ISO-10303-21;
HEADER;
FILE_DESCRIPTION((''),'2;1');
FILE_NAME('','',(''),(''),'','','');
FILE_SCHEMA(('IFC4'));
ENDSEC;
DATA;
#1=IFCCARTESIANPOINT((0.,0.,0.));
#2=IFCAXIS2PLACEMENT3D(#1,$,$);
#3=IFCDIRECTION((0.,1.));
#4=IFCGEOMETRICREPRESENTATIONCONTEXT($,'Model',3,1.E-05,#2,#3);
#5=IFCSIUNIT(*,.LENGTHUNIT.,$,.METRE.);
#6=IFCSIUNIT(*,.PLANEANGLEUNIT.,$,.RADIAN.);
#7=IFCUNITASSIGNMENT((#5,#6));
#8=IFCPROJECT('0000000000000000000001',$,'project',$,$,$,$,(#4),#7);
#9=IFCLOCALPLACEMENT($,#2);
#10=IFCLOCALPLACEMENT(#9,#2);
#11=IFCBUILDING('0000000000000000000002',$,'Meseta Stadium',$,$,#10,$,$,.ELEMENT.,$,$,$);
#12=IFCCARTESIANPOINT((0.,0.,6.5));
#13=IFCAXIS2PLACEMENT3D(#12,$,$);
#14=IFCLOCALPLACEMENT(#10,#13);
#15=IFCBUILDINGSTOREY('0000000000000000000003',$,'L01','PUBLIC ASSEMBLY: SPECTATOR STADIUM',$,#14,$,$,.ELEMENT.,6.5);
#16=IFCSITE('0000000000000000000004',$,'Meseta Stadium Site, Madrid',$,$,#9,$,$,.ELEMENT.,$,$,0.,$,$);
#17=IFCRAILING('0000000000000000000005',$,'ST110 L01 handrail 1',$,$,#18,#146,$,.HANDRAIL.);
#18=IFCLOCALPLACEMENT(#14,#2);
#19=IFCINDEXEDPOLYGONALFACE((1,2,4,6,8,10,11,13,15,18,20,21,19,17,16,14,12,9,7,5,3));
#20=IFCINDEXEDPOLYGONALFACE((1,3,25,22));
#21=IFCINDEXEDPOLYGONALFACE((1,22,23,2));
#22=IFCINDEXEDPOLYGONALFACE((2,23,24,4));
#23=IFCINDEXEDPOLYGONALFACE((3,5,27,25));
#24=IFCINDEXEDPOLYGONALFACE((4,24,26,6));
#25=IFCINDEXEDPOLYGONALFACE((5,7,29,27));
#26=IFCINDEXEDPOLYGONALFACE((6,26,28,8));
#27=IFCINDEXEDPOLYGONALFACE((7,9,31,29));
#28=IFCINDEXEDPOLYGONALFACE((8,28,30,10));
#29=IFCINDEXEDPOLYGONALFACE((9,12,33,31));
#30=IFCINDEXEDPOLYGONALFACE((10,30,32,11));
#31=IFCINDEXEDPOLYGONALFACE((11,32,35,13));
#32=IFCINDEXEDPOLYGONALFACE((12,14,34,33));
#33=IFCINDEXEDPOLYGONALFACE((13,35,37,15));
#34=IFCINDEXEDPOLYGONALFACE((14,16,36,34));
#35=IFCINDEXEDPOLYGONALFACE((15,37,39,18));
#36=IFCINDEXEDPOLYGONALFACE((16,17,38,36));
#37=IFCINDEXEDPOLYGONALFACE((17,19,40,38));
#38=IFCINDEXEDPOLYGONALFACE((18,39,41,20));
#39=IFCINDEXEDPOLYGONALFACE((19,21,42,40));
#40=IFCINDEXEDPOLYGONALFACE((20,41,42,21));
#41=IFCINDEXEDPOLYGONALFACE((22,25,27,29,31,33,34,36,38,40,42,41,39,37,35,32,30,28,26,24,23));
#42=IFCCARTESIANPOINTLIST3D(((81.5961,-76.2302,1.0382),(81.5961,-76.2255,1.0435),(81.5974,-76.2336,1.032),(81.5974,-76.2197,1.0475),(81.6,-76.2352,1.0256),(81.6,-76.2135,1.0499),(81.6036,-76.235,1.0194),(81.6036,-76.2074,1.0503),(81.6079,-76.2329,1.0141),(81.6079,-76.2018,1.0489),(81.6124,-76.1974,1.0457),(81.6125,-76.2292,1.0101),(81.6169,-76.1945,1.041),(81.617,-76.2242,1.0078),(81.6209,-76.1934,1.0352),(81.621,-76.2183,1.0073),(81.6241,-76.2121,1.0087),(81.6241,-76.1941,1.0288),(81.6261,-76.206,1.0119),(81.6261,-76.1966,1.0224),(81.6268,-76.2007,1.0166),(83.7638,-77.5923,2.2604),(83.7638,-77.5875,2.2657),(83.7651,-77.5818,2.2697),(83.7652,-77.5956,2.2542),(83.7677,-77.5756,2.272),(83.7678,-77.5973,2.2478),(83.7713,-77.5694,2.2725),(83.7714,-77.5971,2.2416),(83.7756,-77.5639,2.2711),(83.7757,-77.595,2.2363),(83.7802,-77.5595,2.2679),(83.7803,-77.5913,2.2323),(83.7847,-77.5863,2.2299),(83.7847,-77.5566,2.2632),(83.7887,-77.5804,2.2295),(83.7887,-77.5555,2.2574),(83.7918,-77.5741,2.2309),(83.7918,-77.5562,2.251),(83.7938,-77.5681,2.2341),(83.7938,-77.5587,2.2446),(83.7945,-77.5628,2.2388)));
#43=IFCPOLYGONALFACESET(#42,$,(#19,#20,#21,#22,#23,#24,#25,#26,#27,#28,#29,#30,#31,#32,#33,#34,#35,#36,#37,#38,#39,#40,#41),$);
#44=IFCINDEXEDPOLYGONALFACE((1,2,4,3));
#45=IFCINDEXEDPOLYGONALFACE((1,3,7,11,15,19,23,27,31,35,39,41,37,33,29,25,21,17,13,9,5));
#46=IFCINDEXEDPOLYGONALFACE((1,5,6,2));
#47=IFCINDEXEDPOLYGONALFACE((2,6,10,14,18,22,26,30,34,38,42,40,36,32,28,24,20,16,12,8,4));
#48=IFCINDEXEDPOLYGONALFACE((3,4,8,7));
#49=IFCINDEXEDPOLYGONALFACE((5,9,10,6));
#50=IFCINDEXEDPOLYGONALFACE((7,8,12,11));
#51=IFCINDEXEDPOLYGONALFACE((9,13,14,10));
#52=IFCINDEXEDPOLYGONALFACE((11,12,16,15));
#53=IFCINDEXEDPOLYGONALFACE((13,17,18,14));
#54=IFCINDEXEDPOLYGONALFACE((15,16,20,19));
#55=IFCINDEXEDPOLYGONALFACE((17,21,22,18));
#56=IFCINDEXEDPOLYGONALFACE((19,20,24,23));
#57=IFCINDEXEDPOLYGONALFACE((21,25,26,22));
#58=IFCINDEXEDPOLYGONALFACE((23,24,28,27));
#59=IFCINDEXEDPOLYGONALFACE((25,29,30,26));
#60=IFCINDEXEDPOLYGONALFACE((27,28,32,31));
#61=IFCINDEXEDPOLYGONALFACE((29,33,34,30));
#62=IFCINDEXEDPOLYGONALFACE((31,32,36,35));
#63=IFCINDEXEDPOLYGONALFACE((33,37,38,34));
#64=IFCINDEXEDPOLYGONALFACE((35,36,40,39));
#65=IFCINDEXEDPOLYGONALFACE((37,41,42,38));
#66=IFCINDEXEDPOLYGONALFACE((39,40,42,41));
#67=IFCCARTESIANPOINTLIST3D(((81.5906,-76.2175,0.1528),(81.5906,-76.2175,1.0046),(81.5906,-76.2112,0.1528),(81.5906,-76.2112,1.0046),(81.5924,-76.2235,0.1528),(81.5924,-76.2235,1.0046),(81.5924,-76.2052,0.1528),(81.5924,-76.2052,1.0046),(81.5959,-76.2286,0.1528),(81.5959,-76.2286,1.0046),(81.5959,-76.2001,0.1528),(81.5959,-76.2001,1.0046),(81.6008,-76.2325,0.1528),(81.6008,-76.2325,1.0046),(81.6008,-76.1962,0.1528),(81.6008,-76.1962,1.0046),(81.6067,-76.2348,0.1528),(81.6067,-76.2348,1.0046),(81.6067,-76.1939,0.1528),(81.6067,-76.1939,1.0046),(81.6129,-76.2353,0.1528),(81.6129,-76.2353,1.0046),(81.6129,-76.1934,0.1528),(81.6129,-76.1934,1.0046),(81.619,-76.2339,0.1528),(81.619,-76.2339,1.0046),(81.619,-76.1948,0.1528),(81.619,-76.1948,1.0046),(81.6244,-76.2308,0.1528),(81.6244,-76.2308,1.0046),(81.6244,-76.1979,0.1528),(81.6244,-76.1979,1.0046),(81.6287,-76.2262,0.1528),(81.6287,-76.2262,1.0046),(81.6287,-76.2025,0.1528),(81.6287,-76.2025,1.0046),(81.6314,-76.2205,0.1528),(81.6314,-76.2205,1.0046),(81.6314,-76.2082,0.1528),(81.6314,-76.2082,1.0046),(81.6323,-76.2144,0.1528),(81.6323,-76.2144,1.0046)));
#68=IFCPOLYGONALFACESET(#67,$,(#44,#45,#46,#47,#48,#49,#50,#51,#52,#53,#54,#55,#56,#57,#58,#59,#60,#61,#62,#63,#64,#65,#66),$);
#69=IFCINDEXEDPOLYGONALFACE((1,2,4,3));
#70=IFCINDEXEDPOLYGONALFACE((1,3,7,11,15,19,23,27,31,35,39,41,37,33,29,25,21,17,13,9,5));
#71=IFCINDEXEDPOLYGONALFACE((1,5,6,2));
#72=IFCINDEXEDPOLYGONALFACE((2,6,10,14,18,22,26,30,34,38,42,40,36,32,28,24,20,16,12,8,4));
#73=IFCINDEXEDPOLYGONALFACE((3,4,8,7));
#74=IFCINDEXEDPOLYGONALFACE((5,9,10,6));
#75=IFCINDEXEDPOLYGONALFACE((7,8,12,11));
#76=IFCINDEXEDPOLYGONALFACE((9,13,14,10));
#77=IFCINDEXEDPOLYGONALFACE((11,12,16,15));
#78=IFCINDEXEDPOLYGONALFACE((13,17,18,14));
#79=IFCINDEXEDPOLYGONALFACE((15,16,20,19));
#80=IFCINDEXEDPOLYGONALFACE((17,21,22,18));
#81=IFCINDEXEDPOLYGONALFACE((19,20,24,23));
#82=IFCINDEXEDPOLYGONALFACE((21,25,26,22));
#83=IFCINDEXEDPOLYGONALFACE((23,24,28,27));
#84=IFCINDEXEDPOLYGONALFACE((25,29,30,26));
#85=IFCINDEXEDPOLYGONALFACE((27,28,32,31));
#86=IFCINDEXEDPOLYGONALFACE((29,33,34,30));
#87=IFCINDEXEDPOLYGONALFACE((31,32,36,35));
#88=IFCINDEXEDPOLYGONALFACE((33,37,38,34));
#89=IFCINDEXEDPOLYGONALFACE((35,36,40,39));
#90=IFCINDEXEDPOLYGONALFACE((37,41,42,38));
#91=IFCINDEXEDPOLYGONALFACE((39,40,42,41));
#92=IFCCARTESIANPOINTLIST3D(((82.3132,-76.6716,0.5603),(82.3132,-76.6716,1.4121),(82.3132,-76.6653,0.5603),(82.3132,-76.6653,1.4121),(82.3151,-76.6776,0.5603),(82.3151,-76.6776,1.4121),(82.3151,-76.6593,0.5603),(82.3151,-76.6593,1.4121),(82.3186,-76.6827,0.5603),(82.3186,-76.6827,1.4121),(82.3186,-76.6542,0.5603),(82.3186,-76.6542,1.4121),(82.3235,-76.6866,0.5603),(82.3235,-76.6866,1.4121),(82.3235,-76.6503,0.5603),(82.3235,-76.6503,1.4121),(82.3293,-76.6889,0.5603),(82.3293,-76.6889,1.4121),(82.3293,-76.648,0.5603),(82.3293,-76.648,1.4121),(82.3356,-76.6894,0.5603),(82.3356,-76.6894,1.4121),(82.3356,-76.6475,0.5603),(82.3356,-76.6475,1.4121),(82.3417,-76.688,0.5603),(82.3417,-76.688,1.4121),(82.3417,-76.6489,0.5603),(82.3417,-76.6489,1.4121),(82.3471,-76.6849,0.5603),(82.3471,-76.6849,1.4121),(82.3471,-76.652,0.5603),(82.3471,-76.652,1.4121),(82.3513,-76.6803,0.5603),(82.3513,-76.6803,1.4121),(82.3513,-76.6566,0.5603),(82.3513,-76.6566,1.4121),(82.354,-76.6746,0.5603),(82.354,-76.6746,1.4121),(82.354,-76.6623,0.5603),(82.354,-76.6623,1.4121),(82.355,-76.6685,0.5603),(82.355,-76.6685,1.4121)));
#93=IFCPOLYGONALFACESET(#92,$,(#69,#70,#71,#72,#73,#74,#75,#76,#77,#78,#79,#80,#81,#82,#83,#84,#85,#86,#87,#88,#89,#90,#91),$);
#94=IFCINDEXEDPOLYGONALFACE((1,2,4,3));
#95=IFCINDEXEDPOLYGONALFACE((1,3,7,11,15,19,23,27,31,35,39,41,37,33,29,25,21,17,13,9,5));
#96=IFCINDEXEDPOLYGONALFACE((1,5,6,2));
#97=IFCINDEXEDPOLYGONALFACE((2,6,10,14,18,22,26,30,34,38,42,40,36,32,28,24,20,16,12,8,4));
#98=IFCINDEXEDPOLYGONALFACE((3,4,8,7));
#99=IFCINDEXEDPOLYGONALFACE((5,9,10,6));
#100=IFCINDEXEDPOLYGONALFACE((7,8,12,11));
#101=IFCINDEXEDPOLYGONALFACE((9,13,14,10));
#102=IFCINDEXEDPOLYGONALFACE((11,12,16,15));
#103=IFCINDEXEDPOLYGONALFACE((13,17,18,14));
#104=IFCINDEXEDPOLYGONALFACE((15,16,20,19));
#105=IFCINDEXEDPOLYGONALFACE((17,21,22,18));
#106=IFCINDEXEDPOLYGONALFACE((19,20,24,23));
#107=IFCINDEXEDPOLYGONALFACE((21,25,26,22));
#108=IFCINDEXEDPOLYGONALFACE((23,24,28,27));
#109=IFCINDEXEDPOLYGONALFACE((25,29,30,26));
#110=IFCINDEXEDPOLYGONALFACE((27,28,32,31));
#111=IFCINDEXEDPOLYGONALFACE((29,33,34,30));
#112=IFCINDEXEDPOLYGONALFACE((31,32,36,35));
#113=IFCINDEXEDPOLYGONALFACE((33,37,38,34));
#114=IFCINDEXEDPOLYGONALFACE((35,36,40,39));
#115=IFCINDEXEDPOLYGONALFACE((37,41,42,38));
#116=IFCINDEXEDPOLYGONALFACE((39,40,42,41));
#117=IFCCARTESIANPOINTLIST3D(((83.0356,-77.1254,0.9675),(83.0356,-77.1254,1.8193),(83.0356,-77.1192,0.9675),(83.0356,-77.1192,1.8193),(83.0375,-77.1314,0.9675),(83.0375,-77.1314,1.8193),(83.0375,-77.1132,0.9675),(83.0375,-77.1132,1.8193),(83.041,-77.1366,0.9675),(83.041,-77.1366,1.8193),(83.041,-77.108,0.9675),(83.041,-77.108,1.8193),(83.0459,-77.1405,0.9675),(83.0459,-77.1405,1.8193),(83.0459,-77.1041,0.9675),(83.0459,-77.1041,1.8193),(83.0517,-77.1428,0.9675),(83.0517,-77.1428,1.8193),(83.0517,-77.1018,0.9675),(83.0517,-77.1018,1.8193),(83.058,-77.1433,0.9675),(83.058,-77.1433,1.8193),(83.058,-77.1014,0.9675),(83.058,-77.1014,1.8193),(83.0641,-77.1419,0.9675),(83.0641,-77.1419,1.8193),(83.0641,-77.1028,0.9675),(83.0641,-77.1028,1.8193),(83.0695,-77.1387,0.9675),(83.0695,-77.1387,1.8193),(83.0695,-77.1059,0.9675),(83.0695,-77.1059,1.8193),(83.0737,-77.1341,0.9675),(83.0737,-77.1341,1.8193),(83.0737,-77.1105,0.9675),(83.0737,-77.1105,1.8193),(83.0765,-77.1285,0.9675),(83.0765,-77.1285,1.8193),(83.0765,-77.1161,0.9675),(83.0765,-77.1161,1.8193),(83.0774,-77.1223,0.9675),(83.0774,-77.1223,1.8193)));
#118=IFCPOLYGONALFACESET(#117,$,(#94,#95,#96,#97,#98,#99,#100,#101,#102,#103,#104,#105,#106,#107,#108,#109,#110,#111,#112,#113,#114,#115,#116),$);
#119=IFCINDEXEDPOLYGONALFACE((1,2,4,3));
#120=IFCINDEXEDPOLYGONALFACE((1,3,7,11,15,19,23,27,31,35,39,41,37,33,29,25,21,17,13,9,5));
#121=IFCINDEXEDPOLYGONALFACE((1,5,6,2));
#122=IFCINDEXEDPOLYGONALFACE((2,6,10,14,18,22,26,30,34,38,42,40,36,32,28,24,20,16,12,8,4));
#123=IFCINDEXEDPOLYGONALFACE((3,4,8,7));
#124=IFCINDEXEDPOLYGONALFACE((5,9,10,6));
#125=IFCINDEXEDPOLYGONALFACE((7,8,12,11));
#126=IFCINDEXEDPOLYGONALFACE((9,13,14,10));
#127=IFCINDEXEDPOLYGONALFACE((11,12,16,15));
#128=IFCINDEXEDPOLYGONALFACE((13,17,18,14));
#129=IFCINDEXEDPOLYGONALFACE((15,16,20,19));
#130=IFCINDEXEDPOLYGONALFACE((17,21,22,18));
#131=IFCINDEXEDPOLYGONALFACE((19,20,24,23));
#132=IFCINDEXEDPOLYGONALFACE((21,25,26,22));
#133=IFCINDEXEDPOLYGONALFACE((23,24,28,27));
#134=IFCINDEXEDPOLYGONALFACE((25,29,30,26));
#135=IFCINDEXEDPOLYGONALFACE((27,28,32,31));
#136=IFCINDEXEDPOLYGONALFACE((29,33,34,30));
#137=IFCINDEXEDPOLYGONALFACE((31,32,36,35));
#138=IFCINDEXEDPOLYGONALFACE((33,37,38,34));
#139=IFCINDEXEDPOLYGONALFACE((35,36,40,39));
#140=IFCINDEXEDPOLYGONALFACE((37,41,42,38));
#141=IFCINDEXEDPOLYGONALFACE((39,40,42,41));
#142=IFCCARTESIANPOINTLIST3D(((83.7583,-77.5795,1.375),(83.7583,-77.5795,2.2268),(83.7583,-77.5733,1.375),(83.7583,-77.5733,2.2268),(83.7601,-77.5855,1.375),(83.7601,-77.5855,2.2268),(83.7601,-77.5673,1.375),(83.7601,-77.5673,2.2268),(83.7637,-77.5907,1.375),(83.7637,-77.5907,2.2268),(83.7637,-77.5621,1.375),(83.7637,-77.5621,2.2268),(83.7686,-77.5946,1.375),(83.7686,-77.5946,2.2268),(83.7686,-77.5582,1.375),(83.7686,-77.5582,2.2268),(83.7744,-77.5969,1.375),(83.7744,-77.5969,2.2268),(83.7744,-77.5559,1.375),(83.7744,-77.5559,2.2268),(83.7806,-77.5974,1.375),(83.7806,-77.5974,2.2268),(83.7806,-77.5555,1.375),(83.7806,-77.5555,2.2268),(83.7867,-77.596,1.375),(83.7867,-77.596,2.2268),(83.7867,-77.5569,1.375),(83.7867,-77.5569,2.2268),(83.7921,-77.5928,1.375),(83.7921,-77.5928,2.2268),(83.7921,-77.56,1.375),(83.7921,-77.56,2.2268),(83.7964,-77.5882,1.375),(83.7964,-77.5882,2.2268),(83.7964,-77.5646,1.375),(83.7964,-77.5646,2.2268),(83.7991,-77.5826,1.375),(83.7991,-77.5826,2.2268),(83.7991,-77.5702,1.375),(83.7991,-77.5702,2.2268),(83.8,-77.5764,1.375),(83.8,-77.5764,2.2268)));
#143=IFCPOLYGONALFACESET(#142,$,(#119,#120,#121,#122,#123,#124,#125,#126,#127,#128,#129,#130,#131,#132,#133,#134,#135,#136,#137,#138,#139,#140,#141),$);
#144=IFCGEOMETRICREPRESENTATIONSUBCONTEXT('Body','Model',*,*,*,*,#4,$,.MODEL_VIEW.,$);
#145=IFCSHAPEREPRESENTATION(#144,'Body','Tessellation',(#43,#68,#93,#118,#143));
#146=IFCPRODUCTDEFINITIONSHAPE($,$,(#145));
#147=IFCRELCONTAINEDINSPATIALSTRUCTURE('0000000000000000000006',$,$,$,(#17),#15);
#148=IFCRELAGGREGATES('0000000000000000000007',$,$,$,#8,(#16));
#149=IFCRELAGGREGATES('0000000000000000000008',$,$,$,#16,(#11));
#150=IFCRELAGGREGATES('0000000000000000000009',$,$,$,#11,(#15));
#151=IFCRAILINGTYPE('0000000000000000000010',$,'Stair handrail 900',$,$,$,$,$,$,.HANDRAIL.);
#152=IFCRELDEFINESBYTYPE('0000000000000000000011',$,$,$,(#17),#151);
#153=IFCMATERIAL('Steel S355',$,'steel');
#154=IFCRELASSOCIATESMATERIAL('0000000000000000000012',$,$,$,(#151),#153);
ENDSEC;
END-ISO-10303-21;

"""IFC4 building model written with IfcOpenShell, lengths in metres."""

from ifc_helpers import new_model, si_unit, direction, frame, origin, origin_2d, place, context, subcontext, project, spatial, circle, extrude, material, type_object, element, save


model = new_model("IFC4")

# Units and contexts
model_context = context("Model", 3, precision=1e-05, world=origin(), true_north=direction((0.0, 1.0)))
body_context = subcontext(model_context, "Body", "Model", "MODEL_VIEW")
ifc_project = project(units=[si_unit("LENGTHUNIT", "METRE"), si_unit("PLANEANGLEUNIT", "RADIAN")], contexts=[model_context])

# Site, building, storey
site_placement = place(None, origin())
site = spatial("IfcSite", under=ifc_project, at=site_placement, Name="Meseta Stadium Site, Madrid", CompositionType="ELEMENT", RefElevation=0.0)
building_placement = place(site_placement, origin())
building = spatial("IfcBuilding", under=site, at=building_placement, Name="Meseta Stadium", CompositionType="ELEMENT")
storey_placement = place(building_placement, frame((0.0, 0.0, 6.5)))
storey = spatial("IfcBuildingStorey", under=building, at=storey_placement, Name="L01", Description="PUBLIC ASSEMBLY: SPECTATOR STADIUM", CompositionType="ELEMENT", Elevation=6.5)

# Railing
ifc_material_1 = material(Name="Steel S355", Category="steel")
railing_type_1 = type_object("IfcRailingType", Name="Stair handrail 900", PredefinedType="HANDRAIL", material=ifc_material_1)
for number, where, name in (
    (1, (81.6113, -76.2144, 0.1528), "ST110 L01 handrail 1"),
):
    element("IfcRailing", number, at=place(storey_placement, frame(where)), inside=storey, type_object=railing_type_1, Name=name, PredefinedType="HANDRAIL", context=body_context, shape_type="SweptSolid", body=[
        extrude(circle(Radius=0.0239, at=origin_2d()), frame((0.0, 0.0, 0.876), z_axis=(0.764121, -0.480125, 0.430813), x_axis=(0.532029, 0.846726, 0.0)), (0.0, 0.0, 1.0), 2.8369),
        extrude(circle(Radius=0.021, at=origin_2d()), origin(), (0.0, 0.0, 1.0), 0.8518),
        extrude(circle(Radius=0.021, at=origin_2d()), frame((0.7227, -0.4541, 0.4075)), (0.0, 0.0, 1.0), 0.8518),
        extrude(circle(Radius=0.021, at=origin_2d()), frame((1.4451, -0.908, 0.8147)), (0.0, 0.0, 1.0), 0.8518),
        extrude(circle(Radius=0.021, at=origin_2d()), frame((2.1677, -1.3621, 1.2222)), (0.0, 0.0, 1.0), 0.8518),
    ])

save(model, "model.ifc")
